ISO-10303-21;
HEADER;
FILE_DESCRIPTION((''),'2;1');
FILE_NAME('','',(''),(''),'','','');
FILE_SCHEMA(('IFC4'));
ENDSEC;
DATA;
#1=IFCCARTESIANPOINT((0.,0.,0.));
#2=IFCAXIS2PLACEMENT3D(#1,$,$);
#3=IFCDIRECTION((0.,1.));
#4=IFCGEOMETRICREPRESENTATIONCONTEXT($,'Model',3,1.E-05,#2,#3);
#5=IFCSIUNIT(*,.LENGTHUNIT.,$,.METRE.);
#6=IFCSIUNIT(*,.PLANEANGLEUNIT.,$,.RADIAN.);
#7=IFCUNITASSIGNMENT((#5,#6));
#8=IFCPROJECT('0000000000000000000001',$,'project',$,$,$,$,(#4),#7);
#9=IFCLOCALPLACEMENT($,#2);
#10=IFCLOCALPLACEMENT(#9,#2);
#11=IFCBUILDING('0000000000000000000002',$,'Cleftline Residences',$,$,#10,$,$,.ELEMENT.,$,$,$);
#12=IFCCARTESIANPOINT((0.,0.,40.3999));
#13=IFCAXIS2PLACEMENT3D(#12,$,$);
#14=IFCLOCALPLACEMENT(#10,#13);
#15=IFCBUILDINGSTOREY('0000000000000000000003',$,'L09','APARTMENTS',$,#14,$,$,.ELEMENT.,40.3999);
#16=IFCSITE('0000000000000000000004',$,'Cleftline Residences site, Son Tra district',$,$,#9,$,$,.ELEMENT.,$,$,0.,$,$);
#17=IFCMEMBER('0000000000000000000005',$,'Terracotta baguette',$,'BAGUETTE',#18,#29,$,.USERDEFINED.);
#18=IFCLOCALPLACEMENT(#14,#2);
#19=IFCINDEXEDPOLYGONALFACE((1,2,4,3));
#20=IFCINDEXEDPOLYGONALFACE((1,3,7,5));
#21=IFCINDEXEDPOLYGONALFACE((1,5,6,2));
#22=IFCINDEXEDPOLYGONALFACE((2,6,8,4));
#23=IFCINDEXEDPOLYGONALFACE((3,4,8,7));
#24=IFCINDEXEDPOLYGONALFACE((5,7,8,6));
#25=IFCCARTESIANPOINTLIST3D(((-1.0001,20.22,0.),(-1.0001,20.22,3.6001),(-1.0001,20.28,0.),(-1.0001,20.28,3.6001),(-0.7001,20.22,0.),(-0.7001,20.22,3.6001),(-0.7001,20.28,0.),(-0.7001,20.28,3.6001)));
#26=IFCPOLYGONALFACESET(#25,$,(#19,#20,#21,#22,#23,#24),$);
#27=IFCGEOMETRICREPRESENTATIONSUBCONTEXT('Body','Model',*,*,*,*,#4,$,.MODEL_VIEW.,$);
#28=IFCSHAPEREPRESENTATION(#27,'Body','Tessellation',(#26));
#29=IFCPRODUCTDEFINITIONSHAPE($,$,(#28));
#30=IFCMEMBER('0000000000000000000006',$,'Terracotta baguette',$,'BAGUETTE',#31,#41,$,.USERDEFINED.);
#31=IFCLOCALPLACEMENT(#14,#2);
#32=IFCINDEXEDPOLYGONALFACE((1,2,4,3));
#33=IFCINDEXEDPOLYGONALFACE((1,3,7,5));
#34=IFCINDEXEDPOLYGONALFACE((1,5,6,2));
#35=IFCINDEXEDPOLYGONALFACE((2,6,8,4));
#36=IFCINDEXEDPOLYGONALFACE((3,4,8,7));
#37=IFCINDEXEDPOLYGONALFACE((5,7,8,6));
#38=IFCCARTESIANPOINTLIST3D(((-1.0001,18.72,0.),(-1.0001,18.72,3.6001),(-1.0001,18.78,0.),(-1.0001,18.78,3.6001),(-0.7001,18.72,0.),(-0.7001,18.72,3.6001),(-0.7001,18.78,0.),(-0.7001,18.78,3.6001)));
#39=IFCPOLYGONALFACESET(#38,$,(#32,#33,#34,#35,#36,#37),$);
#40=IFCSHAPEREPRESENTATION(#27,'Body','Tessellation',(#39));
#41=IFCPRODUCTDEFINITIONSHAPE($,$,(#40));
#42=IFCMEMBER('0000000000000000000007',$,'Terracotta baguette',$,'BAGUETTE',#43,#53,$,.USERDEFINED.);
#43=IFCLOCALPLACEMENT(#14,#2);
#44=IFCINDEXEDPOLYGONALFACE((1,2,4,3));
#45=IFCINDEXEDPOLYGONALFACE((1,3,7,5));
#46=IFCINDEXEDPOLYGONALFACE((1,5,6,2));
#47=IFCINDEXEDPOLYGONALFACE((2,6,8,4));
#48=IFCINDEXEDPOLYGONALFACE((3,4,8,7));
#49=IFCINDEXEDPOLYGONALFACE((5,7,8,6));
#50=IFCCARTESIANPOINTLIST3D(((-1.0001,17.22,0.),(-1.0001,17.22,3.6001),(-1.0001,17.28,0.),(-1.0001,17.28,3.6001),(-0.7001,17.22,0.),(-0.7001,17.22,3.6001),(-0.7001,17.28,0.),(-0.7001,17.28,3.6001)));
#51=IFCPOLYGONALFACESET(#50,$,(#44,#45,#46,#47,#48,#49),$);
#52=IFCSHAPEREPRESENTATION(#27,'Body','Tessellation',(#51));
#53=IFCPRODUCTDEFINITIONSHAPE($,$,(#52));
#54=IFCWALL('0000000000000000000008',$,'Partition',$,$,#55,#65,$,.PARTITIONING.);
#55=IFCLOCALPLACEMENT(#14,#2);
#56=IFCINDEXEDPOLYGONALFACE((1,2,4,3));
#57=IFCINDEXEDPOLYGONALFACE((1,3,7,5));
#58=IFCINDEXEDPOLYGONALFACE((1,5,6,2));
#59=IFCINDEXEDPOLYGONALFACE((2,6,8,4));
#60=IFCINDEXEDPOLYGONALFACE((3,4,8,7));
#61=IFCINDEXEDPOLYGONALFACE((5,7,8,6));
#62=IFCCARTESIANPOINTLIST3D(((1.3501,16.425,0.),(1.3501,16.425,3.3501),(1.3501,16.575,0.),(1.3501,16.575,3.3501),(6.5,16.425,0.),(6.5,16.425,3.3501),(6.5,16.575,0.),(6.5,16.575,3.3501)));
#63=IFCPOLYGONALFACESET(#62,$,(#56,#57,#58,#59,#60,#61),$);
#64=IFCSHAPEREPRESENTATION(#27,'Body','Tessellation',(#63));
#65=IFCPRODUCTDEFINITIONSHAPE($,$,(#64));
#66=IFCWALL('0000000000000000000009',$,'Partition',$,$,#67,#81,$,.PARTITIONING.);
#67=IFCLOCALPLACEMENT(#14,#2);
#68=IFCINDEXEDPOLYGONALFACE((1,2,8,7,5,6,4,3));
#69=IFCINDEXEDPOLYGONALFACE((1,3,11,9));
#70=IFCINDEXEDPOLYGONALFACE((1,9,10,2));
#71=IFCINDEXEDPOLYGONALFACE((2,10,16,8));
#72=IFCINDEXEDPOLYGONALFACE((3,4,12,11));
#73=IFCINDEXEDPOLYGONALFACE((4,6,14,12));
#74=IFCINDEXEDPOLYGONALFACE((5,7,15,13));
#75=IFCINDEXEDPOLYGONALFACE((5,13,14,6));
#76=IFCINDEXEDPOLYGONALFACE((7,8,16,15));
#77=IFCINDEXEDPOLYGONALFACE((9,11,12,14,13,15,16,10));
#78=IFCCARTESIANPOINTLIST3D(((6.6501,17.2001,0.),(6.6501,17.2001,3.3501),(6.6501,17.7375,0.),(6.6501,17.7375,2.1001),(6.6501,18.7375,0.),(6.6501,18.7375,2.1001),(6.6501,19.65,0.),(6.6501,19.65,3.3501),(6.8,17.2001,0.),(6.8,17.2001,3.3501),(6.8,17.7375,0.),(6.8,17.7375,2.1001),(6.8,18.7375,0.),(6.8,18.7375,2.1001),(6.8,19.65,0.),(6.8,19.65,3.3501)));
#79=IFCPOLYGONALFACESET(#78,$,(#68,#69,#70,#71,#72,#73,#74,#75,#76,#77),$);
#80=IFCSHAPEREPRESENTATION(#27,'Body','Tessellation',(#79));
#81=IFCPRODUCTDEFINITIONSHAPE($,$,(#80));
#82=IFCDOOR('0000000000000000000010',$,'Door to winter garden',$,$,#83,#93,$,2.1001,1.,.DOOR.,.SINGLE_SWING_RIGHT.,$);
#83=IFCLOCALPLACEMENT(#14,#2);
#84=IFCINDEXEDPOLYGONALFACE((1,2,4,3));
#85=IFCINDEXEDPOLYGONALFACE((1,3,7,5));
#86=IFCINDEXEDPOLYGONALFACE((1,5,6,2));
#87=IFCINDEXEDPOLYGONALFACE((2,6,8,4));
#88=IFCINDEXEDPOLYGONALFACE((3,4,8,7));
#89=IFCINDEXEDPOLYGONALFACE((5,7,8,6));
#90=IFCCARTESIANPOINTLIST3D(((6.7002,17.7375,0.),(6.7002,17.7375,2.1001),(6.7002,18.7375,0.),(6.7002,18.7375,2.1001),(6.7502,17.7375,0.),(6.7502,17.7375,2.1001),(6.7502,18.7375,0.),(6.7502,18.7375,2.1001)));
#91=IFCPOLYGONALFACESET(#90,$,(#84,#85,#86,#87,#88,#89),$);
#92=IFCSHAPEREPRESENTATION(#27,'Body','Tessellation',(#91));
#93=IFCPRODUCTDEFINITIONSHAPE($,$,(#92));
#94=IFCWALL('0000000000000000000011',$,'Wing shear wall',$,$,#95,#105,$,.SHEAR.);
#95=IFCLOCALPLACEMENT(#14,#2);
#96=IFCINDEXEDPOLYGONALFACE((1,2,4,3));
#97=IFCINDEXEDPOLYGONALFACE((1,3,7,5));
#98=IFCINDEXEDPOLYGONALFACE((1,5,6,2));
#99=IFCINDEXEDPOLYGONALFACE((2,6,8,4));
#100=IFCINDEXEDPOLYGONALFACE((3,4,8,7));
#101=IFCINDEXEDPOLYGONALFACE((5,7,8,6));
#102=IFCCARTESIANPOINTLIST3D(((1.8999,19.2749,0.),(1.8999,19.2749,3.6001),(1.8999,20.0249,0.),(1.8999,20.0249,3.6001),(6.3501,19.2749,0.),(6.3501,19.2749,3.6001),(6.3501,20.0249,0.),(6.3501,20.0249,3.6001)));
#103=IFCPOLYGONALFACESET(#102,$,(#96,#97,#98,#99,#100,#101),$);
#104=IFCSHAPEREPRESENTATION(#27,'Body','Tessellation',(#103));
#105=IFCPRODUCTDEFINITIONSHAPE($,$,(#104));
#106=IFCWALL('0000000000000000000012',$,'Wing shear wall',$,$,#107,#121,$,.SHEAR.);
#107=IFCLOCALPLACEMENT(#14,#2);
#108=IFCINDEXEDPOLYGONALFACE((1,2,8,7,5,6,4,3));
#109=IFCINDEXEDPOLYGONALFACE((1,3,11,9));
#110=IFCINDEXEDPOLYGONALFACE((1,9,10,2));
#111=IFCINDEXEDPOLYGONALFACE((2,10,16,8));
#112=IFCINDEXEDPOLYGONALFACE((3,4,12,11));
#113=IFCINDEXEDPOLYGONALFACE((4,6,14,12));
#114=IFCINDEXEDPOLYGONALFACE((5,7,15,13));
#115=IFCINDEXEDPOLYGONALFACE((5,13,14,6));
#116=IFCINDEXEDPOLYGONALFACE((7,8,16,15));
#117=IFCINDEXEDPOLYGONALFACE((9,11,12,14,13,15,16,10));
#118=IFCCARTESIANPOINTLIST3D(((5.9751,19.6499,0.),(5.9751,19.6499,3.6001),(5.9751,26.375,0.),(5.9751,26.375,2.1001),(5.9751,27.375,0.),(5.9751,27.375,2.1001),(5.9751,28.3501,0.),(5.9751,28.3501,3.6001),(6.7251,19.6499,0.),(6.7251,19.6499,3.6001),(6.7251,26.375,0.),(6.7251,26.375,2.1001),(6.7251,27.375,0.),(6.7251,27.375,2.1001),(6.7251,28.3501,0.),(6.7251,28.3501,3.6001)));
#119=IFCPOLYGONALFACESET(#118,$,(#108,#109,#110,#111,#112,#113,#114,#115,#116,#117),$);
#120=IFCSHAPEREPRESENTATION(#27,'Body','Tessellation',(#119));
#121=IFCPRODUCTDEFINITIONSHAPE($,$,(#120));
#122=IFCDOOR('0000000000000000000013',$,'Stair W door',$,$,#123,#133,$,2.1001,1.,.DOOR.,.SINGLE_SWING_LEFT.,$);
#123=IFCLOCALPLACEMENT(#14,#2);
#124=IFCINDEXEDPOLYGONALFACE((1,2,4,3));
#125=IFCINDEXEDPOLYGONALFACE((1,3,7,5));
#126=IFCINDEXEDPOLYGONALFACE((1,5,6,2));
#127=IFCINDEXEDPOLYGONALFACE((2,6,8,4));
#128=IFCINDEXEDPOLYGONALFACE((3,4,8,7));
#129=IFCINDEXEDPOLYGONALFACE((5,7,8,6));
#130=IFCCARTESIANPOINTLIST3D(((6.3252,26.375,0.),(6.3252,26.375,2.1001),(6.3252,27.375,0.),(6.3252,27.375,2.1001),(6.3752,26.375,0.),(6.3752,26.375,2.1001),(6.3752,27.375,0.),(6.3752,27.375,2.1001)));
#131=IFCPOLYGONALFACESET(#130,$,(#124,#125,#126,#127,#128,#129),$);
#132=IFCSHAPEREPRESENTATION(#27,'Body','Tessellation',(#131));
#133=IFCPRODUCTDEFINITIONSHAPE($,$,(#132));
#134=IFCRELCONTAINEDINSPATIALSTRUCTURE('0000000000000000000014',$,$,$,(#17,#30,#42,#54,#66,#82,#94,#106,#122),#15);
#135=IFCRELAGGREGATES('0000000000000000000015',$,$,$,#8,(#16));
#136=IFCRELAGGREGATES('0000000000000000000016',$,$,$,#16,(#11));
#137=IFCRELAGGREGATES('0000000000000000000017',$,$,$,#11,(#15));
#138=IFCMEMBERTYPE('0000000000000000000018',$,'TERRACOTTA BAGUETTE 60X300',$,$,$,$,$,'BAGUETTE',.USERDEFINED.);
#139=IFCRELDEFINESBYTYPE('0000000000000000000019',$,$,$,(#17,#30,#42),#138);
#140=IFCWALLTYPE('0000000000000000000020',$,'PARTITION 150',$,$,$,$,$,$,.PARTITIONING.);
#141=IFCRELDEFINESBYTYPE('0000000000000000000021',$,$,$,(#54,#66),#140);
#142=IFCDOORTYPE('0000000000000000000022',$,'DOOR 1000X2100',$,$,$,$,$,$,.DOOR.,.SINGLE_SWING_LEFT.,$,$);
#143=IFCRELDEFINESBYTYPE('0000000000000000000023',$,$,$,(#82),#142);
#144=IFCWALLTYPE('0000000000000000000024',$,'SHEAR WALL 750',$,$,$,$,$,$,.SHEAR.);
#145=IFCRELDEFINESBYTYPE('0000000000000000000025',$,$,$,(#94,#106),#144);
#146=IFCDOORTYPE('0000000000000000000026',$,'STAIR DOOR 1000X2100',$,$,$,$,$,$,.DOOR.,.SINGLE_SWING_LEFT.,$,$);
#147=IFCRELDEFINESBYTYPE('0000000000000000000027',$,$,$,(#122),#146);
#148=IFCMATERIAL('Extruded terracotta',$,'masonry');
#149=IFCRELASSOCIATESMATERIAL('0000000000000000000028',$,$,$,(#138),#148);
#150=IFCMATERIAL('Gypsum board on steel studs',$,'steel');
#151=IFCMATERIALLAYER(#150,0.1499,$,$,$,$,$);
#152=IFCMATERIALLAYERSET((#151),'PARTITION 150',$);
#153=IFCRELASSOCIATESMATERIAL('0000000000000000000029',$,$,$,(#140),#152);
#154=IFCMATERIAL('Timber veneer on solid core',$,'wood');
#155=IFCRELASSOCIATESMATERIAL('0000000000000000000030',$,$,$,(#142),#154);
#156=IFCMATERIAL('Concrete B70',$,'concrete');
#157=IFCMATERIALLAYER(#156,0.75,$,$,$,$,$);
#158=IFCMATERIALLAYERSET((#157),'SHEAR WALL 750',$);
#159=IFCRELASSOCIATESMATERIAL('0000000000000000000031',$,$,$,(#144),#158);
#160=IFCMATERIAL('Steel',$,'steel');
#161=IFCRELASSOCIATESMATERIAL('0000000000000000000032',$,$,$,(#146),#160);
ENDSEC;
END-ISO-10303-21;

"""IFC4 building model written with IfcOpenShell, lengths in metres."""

from ifc_helpers import new_model, si_unit, direction, frame, frame_2d, origin, origin_2d, place, context, subcontext, project, spatial, rectangle, extrude, material, layer, layer_set, material_profile, profile_set, type_object, element, fill, save


model = new_model("IFC4")

# Units and contexts
model_context = context("Model", 3, precision=1e-05, world=origin(), true_north=direction((0.0, 1.0)))
body_context = subcontext(model_context, "Body", "Model", "MODEL_VIEW")
ifc_project = project(units=[si_unit("LENGTHUNIT", "METRE"), si_unit("PLANEANGLEUNIT", "RADIAN")], contexts=[model_context])

# Site, building, storey
site_placement = place(None, origin())
site = spatial("IfcSite", under=ifc_project, at=site_placement, Name="Cleftline Residences site, Son Tra district", CompositionType="ELEMENT", RefElevation=0.0)
building_placement = place(site_placement, origin())
building = spatial("IfcBuilding", under=site, at=building_placement, Name="Cleftline Residences", CompositionType="ELEMENT")
storey_placement = place(building_placement, frame((0.0, 0.0, 40.3999)))
storey = spatial("IfcBuildingStorey", under=building, at=storey_placement, Name="L09", Description="APARTMENTS", CompositionType="ELEMENT", Elevation=40.3999)

# Members
ifc_material_1 = material(Name="Extruded terracotta", Category="masonry")
ifc_material_profile_1 = material_profile(ifc_material_1, rectangle(XDim=0.0601, YDim=0.3, at=origin_2d()))
ifc_profile_set_1 = profile_set([ifc_material_profile_1], Name="Extruded terracotta")
member_type = type_object("IfcMemberType", Name="TERRACOTTA BAGUETTE 60X300", ElementType="BAGUETTE", PredefinedType="USERDEFINED", material=ifc_profile_set_1)
for number, where, z_axis, x_axis, name in (
    (1, (-0.8501, 20.25, 0.0), (0.0, 0.0, 1.0), (0.0, 1.0, 0.0), "Terracotta baguette"),
    (2, (-0.8501, 18.75, 0.0), (0.0, 0.0, 1.0), (0.0, 1.0, 0.0), "Terracotta baguette"),
    (3, (-0.8501, 17.25, 0.0), (0.0, 0.0, 1.0), (0.0, 1.0, 0.0), "Terracotta baguette"),
):
    element("IfcMember", number, at=place(storey_placement, frame(where, z_axis=z_axis, x_axis=x_axis)), inside=storey, type_object=member_type, Name=name, ObjectType="BAGUETTE", PredefinedType="USERDEFINED", context=body_context, shape_type="SweptSolid", body=[
        extrude(rectangle(XDim=0.0601, YDim=0.3, at=origin_2d()), origin(), (0.0, 0.0, 1.0), 3.6001),
    ])

# Wall
ifc_material_2 = material(Name="Gypsum board on steel studs", Category="steel")
ifc_layer_1 = layer(ifc_material_2, 0.1499)
ifc_layer_set_1 = layer_set([ifc_layer_1], Name="PARTITION 150")
wall_type_1 = type_object("IfcWallType", Name="PARTITION 150", PredefinedType="PARTITIONING", material=ifc_layer_set_1)
wall_1_placement = place(storey_placement, frame((1.3501, 16.5, 0.0), z_axis=(0.0, 0.0, 1.0), x_axis=(1.0, 0.0, 0.0)))
element("IfcWall", 4, at=wall_1_placement, inside=storey, type_object=wall_type_1, Name="Partition", PredefinedType="PARTITIONING", context=body_context, shape_type="SweptSolid", body=[
    extrude(rectangle(XDim=5.1499, YDim=0.1499, at=frame_2d((2.575, 0.0))), origin(), (0.0, 0.0, 1.0), 3.3501),
])

# Wall, opening, door
wall_2_placement = place(storey_placement, frame((6.7251, 17.2, 0.0), z_axis=(0.0, 0.0, 1.0), x_axis=(0.0, 1.0, 0.0)))
wall_2 = element("IfcWall", 5, at=wall_2_placement, inside=storey, type_object=wall_type_1, Name="Partition", PredefinedType="PARTITIONING", context=body_context, shape_type="SweptSolid", body=[
    extrude(rectangle(XDim=2.45, YDim=0.1499, at=frame_2d((1.2251, 0.0))), origin(), (0.0, 0.0, 1.0), 3.3501),
])
opening_1_placement = place(wall_2_placement, frame((0.5376, 0.0, 0.0)))
opening_1 = element("IfcOpeningElement", 6, at=opening_1_placement, cuts=wall_2, PredefinedType="OPENING", context=body_context, shape_type="SweptSolid", body=[
    extrude(rectangle(XDim=1.0, YDim=2.1001, at=frame_2d((0.5, 1.05))), frame((0.0, 0.085, 0.0), z_axis=(0.0, -1.0, 0.0), x_axis=(1.0, 0.0, 0.0)), (0.0, 0.0, 1.0), 0.1699),
])
ifc_material_3 = material(Name="Timber veneer on solid core", Category="wood")
door_type_1 = type_object("IfcDoorType", Name="DOOR 1000X2100", OperationType="SINGLE_SWING_LEFT", PredefinedType="DOOR", material=ifc_material_3)
door_1_placement = place(opening_1_placement, origin())
door_1 = element("IfcDoor", 7, at=door_1_placement, inside=storey, type_object=door_type_1, Name="Door to winter garden", OperationType="SINGLE_SWING_RIGHT", OverallHeight=2.1001, OverallWidth=1.0, PredefinedType="DOOR", context=body_context, shape_type="SweptSolid", body=[
    extrude(rectangle(XDim=1.0, YDim=2.1001, at=frame_2d((0.5, 1.05))), frame((0.0, 0.0249, 0.0), z_axis=(0.0, -1.0, 0.0), x_axis=(1.0, 0.0, 0.0)), (0.0, 0.0, 1.0), 0.05),
])
fill(opening_1, door_1)

# Wall
ifc_material_4 = material(Name="Concrete B70", Category="concrete")
ifc_layer_2 = layer(ifc_material_4, 0.75)
ifc_layer_set_2 = layer_set([ifc_layer_2], Name="SHEAR WALL 750")
wall_type_2 = type_object("IfcWallType", Name="SHEAR WALL 750", PredefinedType="SHEAR", material=ifc_layer_set_2)
wall_3_placement = place(storey_placement, frame((1.8999, 19.6499, 0.0), z_axis=(0.0, 0.0, 1.0), x_axis=(1.0, 0.0, 0.0)))
element("IfcWall", 8, at=wall_3_placement, inside=storey, type_object=wall_type_2, Name="Wing shear wall", PredefinedType="SHEAR", context=body_context, shape_type="SweptSolid", body=[
    extrude(rectangle(XDim=4.4502, YDim=0.75, at=frame_2d((2.2251, 0.0))), origin(), (0.0, 0.0, 1.0), 3.6001),
])

# Wall, opening, door
wall_4_placement = place(storey_placement, frame((6.3501, 19.6499, 0.0), z_axis=(0.0, 0.0, 1.0), x_axis=(0.0, 1.0, 0.0)))
wall_4 = element("IfcWall", 9, at=wall_4_placement, inside=storey, type_object=wall_type_2, Name="Wing shear wall", PredefinedType="SHEAR", context=body_context, shape_type="SweptSolid", body=[
    extrude(rectangle(XDim=8.7002, YDim=0.75, at=frame_2d((4.3501, 0.0))), origin(), (0.0, 0.0, 1.0), 3.6001),
])
opening_2_placement = place(wall_4_placement, frame((6.7251, 0.0, 0.0)))
opening_2 = element("IfcOpeningElement", 10, at=opening_2_placement, cuts=wall_4, PredefinedType="OPENING", context=body_context, shape_type="SweptSolid", body=[
    extrude(rectangle(XDim=1.0, YDim=2.1001, at=frame_2d((0.5, 1.05))), frame((0.0, 0.385, 0.0), z_axis=(0.0, -1.0, 0.0), x_axis=(1.0, 0.0, 0.0)), (0.0, 0.0, 1.0), 0.77),
])
ifc_material_5 = material(Name="Steel", Category="steel")
door_type_2 = type_object("IfcDoorType", Name="STAIR DOOR 1000X2100", OperationType="SINGLE_SWING_LEFT", PredefinedType="DOOR", material=ifc_material_5)
door_2_placement = place(opening_2_placement, origin())
door_2 = element("IfcDoor", 11, at=door_2_placement, inside=storey, type_object=door_type_2, Name="Stair W door", OperationType="SINGLE_SWING_LEFT", OverallHeight=2.1001, OverallWidth=1.0, PredefinedType="DOOR", context=body_context, shape_type="SweptSolid", body=[
    extrude(rectangle(XDim=1.0, YDim=2.1001, at=frame_2d((0.5, 1.05))), frame((0.0, 0.0249, 0.0), z_axis=(0.0, -1.0, 0.0), x_axis=(1.0, 0.0, 0.0)), (0.0, 0.0, 1.0), 0.05),
])
fill(opening_2, door_2)

save(model, "model.ifc")
